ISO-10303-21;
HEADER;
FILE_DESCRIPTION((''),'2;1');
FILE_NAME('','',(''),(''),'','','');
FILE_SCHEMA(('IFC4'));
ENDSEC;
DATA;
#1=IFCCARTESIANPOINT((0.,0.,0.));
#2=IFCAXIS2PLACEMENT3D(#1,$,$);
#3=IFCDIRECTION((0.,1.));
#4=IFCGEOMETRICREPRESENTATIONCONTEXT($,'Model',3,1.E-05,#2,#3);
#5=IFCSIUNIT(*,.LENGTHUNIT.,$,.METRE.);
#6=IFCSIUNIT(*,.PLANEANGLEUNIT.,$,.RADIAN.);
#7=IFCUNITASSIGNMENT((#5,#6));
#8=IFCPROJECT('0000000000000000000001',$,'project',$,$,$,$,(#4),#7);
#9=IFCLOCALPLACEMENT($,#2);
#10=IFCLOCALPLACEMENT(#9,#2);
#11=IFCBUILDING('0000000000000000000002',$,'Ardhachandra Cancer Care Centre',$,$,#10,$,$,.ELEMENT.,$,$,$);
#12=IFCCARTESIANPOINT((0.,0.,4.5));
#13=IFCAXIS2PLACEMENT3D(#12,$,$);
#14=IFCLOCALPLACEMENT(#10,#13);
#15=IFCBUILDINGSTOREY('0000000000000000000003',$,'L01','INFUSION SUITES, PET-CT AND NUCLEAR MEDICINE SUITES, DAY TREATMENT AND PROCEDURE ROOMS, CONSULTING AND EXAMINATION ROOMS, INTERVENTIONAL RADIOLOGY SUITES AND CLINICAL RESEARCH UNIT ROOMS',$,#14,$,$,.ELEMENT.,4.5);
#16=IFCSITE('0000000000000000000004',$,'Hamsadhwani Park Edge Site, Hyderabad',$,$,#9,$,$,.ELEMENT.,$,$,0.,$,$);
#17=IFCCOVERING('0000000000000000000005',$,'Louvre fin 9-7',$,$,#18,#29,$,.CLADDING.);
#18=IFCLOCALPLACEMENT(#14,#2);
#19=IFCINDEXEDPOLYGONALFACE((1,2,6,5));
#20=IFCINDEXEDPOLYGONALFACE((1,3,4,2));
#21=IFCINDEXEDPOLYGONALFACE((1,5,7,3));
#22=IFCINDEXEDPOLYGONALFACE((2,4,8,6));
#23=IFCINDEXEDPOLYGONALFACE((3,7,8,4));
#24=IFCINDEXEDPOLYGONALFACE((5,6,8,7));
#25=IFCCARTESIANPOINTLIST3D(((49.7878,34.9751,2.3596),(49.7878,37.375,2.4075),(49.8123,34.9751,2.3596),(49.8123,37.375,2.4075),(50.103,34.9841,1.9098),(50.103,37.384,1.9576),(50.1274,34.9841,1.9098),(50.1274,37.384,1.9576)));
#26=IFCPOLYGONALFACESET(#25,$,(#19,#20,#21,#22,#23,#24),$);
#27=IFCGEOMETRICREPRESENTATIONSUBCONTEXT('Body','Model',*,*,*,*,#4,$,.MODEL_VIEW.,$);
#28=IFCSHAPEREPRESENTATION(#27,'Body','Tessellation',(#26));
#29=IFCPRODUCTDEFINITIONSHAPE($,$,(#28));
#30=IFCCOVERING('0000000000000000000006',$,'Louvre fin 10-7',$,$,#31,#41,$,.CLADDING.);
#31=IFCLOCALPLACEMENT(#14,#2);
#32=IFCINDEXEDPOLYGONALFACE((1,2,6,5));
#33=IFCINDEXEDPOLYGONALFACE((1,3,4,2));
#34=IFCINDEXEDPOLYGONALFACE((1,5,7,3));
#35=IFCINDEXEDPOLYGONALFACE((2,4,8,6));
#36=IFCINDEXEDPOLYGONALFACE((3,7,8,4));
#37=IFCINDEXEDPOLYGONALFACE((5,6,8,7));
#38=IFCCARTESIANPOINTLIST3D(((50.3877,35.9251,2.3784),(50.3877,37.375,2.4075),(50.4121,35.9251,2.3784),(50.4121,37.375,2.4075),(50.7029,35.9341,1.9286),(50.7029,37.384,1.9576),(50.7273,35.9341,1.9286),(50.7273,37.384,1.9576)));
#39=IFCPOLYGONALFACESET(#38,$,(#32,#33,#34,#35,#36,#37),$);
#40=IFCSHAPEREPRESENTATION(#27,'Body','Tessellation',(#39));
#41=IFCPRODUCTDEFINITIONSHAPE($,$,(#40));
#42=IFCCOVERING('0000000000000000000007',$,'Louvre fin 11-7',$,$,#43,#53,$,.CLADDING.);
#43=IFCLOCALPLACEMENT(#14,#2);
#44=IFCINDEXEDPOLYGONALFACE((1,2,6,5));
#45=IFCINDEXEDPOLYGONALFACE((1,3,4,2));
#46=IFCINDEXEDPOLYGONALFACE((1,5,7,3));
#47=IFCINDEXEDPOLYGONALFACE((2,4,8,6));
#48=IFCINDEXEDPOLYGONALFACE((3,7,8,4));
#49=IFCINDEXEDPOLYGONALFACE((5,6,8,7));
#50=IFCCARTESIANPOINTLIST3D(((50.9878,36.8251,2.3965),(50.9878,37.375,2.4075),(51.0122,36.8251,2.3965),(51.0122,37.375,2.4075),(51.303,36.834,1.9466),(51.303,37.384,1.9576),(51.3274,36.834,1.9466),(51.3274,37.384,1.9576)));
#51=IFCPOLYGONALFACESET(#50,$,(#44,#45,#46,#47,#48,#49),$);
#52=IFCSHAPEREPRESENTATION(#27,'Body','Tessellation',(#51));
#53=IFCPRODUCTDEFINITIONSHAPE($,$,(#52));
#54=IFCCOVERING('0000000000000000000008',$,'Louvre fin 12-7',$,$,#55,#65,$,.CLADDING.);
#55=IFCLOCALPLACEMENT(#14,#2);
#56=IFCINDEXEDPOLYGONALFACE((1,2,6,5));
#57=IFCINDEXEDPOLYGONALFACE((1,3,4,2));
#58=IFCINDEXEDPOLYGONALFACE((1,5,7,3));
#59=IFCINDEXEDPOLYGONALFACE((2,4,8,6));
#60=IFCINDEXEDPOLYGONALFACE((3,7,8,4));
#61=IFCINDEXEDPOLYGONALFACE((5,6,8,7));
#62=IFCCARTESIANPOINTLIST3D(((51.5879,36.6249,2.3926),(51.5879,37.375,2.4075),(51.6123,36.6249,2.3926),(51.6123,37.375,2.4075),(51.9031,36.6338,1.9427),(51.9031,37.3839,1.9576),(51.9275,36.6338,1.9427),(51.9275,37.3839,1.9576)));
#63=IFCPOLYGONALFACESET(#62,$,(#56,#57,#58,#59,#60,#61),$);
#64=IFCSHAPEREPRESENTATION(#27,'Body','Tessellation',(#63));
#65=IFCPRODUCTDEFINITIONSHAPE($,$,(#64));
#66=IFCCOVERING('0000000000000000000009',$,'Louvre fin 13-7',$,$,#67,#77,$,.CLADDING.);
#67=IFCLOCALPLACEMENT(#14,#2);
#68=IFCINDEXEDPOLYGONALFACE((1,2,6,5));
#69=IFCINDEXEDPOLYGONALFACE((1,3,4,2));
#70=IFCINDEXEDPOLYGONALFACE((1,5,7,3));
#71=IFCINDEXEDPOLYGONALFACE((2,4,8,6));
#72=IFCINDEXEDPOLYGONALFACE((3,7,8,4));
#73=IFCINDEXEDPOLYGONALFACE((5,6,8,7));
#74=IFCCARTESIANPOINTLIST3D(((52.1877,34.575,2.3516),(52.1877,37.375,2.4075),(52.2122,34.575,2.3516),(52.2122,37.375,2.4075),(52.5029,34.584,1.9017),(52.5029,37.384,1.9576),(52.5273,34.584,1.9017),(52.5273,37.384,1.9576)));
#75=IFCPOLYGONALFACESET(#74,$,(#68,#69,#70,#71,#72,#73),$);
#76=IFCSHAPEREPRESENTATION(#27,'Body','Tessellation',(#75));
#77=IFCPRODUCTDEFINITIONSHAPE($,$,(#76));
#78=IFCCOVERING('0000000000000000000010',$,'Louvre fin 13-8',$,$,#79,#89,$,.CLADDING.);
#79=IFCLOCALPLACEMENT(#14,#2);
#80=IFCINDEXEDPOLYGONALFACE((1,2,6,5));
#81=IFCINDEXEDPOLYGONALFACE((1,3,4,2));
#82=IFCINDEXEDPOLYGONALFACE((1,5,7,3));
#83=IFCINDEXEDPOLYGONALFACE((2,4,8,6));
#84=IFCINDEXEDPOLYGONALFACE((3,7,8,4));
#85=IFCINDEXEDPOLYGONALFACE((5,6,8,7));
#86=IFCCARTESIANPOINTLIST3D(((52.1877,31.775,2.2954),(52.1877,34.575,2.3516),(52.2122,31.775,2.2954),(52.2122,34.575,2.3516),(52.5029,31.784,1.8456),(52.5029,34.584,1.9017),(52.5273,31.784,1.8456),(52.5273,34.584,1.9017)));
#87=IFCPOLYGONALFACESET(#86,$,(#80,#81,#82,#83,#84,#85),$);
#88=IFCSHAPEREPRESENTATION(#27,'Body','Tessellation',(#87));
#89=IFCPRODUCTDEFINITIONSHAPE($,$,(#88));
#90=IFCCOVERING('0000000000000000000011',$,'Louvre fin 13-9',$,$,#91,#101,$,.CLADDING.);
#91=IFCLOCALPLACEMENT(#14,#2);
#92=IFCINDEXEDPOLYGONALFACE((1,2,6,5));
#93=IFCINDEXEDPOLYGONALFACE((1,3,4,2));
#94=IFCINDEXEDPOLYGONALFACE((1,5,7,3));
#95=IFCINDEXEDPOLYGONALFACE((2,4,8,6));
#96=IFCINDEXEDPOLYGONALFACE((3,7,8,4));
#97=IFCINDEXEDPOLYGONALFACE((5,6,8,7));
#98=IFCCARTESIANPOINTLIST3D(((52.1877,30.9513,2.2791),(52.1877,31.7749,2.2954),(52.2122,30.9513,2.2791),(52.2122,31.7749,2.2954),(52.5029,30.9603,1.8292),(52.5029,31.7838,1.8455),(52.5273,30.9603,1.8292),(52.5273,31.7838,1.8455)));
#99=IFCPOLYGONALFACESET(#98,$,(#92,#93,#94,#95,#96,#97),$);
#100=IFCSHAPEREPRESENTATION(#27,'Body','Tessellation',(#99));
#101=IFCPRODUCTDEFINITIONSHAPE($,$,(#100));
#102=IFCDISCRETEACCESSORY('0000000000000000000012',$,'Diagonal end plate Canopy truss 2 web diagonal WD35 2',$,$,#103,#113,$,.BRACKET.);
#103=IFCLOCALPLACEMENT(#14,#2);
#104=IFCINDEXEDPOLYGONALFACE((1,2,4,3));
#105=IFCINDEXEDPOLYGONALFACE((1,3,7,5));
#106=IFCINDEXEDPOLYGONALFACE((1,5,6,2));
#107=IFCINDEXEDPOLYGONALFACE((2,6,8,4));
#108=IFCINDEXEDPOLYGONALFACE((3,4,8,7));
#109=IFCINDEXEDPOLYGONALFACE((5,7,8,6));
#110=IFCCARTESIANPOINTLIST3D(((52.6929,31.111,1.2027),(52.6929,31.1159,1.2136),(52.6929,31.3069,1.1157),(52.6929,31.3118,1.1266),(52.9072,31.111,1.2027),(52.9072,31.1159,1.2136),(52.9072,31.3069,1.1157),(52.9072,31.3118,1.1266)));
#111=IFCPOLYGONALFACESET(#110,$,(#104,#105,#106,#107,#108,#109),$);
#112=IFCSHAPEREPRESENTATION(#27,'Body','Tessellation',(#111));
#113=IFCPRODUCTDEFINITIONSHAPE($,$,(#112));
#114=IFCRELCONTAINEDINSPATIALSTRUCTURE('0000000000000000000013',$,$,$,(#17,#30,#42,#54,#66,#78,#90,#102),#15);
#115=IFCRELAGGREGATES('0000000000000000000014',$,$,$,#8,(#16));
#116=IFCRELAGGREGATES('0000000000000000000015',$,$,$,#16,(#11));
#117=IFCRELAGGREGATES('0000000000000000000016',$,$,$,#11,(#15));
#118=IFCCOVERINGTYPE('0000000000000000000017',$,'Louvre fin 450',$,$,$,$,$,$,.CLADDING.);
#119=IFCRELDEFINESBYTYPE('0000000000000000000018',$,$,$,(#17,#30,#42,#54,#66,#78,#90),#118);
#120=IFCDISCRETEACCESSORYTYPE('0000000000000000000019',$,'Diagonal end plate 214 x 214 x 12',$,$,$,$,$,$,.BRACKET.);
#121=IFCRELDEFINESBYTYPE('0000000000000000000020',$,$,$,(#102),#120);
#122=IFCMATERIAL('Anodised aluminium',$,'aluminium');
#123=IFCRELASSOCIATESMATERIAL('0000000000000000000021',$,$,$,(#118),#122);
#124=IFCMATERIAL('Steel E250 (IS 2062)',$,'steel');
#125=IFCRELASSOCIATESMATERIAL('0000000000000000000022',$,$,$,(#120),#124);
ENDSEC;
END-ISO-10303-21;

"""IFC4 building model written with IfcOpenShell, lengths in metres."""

from ifc_helpers import new_model, si_unit, direction, frame, origin, origin_2d, place, context, subcontext, project, spatial, polyline, rectangle, outline, extrude, material, material_profile, profile_set, type_object, element, save


model = new_model("IFC4")

# Units and contexts
model_context = context("Model", 3, precision=1e-05, world=origin(), true_north=direction((0.0, 1.0)))
body_context = subcontext(model_context, "Body", "Model", "MODEL_VIEW")
ifc_project = project(units=[si_unit("LENGTHUNIT", "METRE"), si_unit("PLANEANGLEUNIT", "RADIAN")], contexts=[model_context])

# Site, building, storey
site_placement = place(None, origin())
site = spatial("IfcSite", under=ifc_project, at=site_placement, Name="Hamsadhwani Park Edge Site, Hyderabad", CompositionType="ELEMENT", RefElevation=0.0)
building_placement = place(site_placement, origin())
building = spatial("IfcBuilding", under=site, at=building_placement, Name="Ardhachandra Cancer Care Centre", CompositionType="ELEMENT")
storey_placement = place(building_placement, frame((0.0, 0.0, 4.5)))
storey = spatial("IfcBuildingStorey", under=building, at=storey_placement, Name="L01", Description="INFUSION SUITES, PET-CT AND NUCLEAR MEDICINE SUITES, DAY TREATMENT AND PROCEDURE ROOMS, CONSULTING AND EXAMINATION ROOMS, INTERVENTIONAL RADIOLOGY SUITES AND CLINICAL RESEARCH UNIT ROOMS", CompositionType="ELEMENT", Elevation=4.5)

# Coverings
ifc_material_1 = material(Name="Anodised aluminium", Category="aluminium")
ifc_material_profile_1 = material_profile(ifc_material_1, outline(polyline([(-0.0122, 0.0), (0.0122, 0.0), (0.3274, -0.45), (0.303, -0.45), (-0.0122, 0.0)])), Name="Louvre fin 450")
ifc_profile_set_1 = profile_set([ifc_material_profile_1], Name="Anodised aluminium")
covering_type = type_object("IfcCoveringType", Name="Louvre fin 450", PredefinedType="CLADDING", material=ifc_profile_set_1)
covering_1_placement = place(storey_placement, frame((49.8, 37.375, 2.4075), z_axis=(0.0, -0.999801, -0.019935), x_axis=(1.0, 0.0, 0.0)))
element("IfcCovering", 1, at=covering_1_placement, inside=storey, type_object=covering_type, Name="Louvre fin 9-7", PredefinedType="CLADDING", context=body_context, shape_type="SweptSolid", body=[
    extrude(outline(polyline([(-0.0122, 0.0), (0.0122, 0.0), (0.3274, -0.45), (0.303, -0.45), (-0.0122, 0.0)])), origin(), (0.0, 0.0, 1.0), 2.4004),
])
covering_2_placement = place(storey_placement, frame((50.3999, 37.375, 2.4075), z_axis=(0.0, -0.999799, -0.020033), x_axis=(1.0, 0.0, 0.0)))
element("IfcCovering", 2, at=covering_2_placement, inside=storey, type_object=covering_type, Name="Louvre fin 10-7", PredefinedType="CLADDING", context=body_context, shape_type="SweptSolid", body=[
    extrude(outline(polyline([(-0.0122, 0.0), (0.0122, 0.0), (0.3274, -0.45), (0.303, -0.45), (-0.0122, 0.0)])), origin(), (0.0, 0.0, 1.0), 1.4502),
])
covering_3_placement = place(storey_placement, frame((51.0, 37.375, 2.4075), z_axis=(0.0, -0.999801, -0.019969), x_axis=(1.0, 0.0, 0.0)))
element("IfcCovering", 3, at=covering_3_placement, inside=storey, type_object=covering_type, Name="Louvre fin 11-7", PredefinedType="CLADDING", context=body_context, shape_type="SweptSolid", body=[
    extrude(outline(polyline([(-0.0122, 0.0), (0.0122, 0.0), (0.3274, -0.45), (0.303, -0.45), (-0.0122, 0.0)])), origin(), (0.0, 0.0, 1.0), 0.55),
])
covering_4_placement = place(storey_placement, frame((51.6001, 37.375, 2.4075), z_axis=(0.0, -0.999803, -0.019853), x_axis=(1.0, 0.0, 0.0)))
element("IfcCovering", 4, at=covering_4_placement, inside=storey, type_object=covering_type, Name="Louvre fin 12-7", PredefinedType="CLADDING", context=body_context, shape_type="SweptSolid", body=[
    extrude(outline(polyline([(-0.0122, 0.0), (0.0122, 0.0), (0.3274, -0.45), (0.303, -0.45), (-0.0122, 0.0)])), origin(), (0.0, 0.0, 1.0), 0.7502),
])
for number, where, z_axis, x_axis, name in (
    (5, (52.2, 37.375, 2.4075), (0.0, -0.999801, -0.019963), (1.0, 0.0, 0.0), "Louvre fin 13-7"),
    (6, (52.2, 34.575, 2.3516), (0.0, -0.999799, -0.02005), (1.0, 0.0, 0.0), "Louvre fin 13-8"),
):
    element("IfcCovering", number, at=place(storey_placement, frame(where, z_axis=z_axis, x_axis=x_axis)), inside=storey, type_object=covering_type, Name=name, PredefinedType="CLADDING", context=body_context, shape_type="SweptSolid", body=[
        extrude(outline(polyline([(-0.0122, 0.0), (0.0122, 0.0), (0.3274, -0.45), (0.303, -0.45), (-0.0122, 0.0)])), origin(), (0.0, 0.0, 1.0), 2.8005),
    ])
covering_5_placement = place(storey_placement, frame((52.2, 31.7749, 2.2954), z_axis=(0.0, -0.999803, -0.01986), x_axis=(1.0, 0.0, 0.0)))
element("IfcCovering", 7, at=covering_5_placement, inside=storey, type_object=covering_type, Name="Louvre fin 13-9", PredefinedType="CLADDING", context=body_context, shape_type="SweptSolid", body=[
    extrude(outline(polyline([(-0.0122, 0.0), (0.0122, 0.0), (0.3274, -0.45), (0.303, -0.45), (-0.0122, 0.0)])), origin(), (0.0, 0.0, 1.0), 0.8237),
])

# Discrete accessory
ifc_material_2 = material(Name="Steel E250 (IS 2062)", Category="steel")
ifc_material_profile_2 = material_profile(ifc_material_2, rectangle(XDim=0.2144, YDim=0.2144, at=origin_2d()), Name="PL 214x214x12")
ifc_profile_set_2 = profile_set([ifc_material_profile_2], Name="Steel E250 (IS 2062)")
discrete_accessory_type = type_object("IfcDiscreteAccessoryType", Name="Diagonal end plate 214 x 214 x 12", PredefinedType="BRACKET", material=ifc_profile_set_2)
discrete_accessory_placement = place(storey_placement, frame((52.8, 31.209, 1.1592), z_axis=(0.0, 0.406138, 0.913812), x_axis=(-1.0, 0.0, 0.0)))
element("IfcDiscreteAccessory", 8, at=discrete_accessory_placement, inside=storey, type_object=discrete_accessory_type, Name="Diagonal end plate Canopy truss 2 web diagonal WD35 2", PredefinedType="BRACKET", context=body_context, shape_type="SweptSolid", body=[
    extrude(rectangle(XDim=0.2144, YDim=0.2144, at=origin_2d()), origin(), (0.0, 0.0, 1.0), 0.012),
])

save(model, "model.ifc")
